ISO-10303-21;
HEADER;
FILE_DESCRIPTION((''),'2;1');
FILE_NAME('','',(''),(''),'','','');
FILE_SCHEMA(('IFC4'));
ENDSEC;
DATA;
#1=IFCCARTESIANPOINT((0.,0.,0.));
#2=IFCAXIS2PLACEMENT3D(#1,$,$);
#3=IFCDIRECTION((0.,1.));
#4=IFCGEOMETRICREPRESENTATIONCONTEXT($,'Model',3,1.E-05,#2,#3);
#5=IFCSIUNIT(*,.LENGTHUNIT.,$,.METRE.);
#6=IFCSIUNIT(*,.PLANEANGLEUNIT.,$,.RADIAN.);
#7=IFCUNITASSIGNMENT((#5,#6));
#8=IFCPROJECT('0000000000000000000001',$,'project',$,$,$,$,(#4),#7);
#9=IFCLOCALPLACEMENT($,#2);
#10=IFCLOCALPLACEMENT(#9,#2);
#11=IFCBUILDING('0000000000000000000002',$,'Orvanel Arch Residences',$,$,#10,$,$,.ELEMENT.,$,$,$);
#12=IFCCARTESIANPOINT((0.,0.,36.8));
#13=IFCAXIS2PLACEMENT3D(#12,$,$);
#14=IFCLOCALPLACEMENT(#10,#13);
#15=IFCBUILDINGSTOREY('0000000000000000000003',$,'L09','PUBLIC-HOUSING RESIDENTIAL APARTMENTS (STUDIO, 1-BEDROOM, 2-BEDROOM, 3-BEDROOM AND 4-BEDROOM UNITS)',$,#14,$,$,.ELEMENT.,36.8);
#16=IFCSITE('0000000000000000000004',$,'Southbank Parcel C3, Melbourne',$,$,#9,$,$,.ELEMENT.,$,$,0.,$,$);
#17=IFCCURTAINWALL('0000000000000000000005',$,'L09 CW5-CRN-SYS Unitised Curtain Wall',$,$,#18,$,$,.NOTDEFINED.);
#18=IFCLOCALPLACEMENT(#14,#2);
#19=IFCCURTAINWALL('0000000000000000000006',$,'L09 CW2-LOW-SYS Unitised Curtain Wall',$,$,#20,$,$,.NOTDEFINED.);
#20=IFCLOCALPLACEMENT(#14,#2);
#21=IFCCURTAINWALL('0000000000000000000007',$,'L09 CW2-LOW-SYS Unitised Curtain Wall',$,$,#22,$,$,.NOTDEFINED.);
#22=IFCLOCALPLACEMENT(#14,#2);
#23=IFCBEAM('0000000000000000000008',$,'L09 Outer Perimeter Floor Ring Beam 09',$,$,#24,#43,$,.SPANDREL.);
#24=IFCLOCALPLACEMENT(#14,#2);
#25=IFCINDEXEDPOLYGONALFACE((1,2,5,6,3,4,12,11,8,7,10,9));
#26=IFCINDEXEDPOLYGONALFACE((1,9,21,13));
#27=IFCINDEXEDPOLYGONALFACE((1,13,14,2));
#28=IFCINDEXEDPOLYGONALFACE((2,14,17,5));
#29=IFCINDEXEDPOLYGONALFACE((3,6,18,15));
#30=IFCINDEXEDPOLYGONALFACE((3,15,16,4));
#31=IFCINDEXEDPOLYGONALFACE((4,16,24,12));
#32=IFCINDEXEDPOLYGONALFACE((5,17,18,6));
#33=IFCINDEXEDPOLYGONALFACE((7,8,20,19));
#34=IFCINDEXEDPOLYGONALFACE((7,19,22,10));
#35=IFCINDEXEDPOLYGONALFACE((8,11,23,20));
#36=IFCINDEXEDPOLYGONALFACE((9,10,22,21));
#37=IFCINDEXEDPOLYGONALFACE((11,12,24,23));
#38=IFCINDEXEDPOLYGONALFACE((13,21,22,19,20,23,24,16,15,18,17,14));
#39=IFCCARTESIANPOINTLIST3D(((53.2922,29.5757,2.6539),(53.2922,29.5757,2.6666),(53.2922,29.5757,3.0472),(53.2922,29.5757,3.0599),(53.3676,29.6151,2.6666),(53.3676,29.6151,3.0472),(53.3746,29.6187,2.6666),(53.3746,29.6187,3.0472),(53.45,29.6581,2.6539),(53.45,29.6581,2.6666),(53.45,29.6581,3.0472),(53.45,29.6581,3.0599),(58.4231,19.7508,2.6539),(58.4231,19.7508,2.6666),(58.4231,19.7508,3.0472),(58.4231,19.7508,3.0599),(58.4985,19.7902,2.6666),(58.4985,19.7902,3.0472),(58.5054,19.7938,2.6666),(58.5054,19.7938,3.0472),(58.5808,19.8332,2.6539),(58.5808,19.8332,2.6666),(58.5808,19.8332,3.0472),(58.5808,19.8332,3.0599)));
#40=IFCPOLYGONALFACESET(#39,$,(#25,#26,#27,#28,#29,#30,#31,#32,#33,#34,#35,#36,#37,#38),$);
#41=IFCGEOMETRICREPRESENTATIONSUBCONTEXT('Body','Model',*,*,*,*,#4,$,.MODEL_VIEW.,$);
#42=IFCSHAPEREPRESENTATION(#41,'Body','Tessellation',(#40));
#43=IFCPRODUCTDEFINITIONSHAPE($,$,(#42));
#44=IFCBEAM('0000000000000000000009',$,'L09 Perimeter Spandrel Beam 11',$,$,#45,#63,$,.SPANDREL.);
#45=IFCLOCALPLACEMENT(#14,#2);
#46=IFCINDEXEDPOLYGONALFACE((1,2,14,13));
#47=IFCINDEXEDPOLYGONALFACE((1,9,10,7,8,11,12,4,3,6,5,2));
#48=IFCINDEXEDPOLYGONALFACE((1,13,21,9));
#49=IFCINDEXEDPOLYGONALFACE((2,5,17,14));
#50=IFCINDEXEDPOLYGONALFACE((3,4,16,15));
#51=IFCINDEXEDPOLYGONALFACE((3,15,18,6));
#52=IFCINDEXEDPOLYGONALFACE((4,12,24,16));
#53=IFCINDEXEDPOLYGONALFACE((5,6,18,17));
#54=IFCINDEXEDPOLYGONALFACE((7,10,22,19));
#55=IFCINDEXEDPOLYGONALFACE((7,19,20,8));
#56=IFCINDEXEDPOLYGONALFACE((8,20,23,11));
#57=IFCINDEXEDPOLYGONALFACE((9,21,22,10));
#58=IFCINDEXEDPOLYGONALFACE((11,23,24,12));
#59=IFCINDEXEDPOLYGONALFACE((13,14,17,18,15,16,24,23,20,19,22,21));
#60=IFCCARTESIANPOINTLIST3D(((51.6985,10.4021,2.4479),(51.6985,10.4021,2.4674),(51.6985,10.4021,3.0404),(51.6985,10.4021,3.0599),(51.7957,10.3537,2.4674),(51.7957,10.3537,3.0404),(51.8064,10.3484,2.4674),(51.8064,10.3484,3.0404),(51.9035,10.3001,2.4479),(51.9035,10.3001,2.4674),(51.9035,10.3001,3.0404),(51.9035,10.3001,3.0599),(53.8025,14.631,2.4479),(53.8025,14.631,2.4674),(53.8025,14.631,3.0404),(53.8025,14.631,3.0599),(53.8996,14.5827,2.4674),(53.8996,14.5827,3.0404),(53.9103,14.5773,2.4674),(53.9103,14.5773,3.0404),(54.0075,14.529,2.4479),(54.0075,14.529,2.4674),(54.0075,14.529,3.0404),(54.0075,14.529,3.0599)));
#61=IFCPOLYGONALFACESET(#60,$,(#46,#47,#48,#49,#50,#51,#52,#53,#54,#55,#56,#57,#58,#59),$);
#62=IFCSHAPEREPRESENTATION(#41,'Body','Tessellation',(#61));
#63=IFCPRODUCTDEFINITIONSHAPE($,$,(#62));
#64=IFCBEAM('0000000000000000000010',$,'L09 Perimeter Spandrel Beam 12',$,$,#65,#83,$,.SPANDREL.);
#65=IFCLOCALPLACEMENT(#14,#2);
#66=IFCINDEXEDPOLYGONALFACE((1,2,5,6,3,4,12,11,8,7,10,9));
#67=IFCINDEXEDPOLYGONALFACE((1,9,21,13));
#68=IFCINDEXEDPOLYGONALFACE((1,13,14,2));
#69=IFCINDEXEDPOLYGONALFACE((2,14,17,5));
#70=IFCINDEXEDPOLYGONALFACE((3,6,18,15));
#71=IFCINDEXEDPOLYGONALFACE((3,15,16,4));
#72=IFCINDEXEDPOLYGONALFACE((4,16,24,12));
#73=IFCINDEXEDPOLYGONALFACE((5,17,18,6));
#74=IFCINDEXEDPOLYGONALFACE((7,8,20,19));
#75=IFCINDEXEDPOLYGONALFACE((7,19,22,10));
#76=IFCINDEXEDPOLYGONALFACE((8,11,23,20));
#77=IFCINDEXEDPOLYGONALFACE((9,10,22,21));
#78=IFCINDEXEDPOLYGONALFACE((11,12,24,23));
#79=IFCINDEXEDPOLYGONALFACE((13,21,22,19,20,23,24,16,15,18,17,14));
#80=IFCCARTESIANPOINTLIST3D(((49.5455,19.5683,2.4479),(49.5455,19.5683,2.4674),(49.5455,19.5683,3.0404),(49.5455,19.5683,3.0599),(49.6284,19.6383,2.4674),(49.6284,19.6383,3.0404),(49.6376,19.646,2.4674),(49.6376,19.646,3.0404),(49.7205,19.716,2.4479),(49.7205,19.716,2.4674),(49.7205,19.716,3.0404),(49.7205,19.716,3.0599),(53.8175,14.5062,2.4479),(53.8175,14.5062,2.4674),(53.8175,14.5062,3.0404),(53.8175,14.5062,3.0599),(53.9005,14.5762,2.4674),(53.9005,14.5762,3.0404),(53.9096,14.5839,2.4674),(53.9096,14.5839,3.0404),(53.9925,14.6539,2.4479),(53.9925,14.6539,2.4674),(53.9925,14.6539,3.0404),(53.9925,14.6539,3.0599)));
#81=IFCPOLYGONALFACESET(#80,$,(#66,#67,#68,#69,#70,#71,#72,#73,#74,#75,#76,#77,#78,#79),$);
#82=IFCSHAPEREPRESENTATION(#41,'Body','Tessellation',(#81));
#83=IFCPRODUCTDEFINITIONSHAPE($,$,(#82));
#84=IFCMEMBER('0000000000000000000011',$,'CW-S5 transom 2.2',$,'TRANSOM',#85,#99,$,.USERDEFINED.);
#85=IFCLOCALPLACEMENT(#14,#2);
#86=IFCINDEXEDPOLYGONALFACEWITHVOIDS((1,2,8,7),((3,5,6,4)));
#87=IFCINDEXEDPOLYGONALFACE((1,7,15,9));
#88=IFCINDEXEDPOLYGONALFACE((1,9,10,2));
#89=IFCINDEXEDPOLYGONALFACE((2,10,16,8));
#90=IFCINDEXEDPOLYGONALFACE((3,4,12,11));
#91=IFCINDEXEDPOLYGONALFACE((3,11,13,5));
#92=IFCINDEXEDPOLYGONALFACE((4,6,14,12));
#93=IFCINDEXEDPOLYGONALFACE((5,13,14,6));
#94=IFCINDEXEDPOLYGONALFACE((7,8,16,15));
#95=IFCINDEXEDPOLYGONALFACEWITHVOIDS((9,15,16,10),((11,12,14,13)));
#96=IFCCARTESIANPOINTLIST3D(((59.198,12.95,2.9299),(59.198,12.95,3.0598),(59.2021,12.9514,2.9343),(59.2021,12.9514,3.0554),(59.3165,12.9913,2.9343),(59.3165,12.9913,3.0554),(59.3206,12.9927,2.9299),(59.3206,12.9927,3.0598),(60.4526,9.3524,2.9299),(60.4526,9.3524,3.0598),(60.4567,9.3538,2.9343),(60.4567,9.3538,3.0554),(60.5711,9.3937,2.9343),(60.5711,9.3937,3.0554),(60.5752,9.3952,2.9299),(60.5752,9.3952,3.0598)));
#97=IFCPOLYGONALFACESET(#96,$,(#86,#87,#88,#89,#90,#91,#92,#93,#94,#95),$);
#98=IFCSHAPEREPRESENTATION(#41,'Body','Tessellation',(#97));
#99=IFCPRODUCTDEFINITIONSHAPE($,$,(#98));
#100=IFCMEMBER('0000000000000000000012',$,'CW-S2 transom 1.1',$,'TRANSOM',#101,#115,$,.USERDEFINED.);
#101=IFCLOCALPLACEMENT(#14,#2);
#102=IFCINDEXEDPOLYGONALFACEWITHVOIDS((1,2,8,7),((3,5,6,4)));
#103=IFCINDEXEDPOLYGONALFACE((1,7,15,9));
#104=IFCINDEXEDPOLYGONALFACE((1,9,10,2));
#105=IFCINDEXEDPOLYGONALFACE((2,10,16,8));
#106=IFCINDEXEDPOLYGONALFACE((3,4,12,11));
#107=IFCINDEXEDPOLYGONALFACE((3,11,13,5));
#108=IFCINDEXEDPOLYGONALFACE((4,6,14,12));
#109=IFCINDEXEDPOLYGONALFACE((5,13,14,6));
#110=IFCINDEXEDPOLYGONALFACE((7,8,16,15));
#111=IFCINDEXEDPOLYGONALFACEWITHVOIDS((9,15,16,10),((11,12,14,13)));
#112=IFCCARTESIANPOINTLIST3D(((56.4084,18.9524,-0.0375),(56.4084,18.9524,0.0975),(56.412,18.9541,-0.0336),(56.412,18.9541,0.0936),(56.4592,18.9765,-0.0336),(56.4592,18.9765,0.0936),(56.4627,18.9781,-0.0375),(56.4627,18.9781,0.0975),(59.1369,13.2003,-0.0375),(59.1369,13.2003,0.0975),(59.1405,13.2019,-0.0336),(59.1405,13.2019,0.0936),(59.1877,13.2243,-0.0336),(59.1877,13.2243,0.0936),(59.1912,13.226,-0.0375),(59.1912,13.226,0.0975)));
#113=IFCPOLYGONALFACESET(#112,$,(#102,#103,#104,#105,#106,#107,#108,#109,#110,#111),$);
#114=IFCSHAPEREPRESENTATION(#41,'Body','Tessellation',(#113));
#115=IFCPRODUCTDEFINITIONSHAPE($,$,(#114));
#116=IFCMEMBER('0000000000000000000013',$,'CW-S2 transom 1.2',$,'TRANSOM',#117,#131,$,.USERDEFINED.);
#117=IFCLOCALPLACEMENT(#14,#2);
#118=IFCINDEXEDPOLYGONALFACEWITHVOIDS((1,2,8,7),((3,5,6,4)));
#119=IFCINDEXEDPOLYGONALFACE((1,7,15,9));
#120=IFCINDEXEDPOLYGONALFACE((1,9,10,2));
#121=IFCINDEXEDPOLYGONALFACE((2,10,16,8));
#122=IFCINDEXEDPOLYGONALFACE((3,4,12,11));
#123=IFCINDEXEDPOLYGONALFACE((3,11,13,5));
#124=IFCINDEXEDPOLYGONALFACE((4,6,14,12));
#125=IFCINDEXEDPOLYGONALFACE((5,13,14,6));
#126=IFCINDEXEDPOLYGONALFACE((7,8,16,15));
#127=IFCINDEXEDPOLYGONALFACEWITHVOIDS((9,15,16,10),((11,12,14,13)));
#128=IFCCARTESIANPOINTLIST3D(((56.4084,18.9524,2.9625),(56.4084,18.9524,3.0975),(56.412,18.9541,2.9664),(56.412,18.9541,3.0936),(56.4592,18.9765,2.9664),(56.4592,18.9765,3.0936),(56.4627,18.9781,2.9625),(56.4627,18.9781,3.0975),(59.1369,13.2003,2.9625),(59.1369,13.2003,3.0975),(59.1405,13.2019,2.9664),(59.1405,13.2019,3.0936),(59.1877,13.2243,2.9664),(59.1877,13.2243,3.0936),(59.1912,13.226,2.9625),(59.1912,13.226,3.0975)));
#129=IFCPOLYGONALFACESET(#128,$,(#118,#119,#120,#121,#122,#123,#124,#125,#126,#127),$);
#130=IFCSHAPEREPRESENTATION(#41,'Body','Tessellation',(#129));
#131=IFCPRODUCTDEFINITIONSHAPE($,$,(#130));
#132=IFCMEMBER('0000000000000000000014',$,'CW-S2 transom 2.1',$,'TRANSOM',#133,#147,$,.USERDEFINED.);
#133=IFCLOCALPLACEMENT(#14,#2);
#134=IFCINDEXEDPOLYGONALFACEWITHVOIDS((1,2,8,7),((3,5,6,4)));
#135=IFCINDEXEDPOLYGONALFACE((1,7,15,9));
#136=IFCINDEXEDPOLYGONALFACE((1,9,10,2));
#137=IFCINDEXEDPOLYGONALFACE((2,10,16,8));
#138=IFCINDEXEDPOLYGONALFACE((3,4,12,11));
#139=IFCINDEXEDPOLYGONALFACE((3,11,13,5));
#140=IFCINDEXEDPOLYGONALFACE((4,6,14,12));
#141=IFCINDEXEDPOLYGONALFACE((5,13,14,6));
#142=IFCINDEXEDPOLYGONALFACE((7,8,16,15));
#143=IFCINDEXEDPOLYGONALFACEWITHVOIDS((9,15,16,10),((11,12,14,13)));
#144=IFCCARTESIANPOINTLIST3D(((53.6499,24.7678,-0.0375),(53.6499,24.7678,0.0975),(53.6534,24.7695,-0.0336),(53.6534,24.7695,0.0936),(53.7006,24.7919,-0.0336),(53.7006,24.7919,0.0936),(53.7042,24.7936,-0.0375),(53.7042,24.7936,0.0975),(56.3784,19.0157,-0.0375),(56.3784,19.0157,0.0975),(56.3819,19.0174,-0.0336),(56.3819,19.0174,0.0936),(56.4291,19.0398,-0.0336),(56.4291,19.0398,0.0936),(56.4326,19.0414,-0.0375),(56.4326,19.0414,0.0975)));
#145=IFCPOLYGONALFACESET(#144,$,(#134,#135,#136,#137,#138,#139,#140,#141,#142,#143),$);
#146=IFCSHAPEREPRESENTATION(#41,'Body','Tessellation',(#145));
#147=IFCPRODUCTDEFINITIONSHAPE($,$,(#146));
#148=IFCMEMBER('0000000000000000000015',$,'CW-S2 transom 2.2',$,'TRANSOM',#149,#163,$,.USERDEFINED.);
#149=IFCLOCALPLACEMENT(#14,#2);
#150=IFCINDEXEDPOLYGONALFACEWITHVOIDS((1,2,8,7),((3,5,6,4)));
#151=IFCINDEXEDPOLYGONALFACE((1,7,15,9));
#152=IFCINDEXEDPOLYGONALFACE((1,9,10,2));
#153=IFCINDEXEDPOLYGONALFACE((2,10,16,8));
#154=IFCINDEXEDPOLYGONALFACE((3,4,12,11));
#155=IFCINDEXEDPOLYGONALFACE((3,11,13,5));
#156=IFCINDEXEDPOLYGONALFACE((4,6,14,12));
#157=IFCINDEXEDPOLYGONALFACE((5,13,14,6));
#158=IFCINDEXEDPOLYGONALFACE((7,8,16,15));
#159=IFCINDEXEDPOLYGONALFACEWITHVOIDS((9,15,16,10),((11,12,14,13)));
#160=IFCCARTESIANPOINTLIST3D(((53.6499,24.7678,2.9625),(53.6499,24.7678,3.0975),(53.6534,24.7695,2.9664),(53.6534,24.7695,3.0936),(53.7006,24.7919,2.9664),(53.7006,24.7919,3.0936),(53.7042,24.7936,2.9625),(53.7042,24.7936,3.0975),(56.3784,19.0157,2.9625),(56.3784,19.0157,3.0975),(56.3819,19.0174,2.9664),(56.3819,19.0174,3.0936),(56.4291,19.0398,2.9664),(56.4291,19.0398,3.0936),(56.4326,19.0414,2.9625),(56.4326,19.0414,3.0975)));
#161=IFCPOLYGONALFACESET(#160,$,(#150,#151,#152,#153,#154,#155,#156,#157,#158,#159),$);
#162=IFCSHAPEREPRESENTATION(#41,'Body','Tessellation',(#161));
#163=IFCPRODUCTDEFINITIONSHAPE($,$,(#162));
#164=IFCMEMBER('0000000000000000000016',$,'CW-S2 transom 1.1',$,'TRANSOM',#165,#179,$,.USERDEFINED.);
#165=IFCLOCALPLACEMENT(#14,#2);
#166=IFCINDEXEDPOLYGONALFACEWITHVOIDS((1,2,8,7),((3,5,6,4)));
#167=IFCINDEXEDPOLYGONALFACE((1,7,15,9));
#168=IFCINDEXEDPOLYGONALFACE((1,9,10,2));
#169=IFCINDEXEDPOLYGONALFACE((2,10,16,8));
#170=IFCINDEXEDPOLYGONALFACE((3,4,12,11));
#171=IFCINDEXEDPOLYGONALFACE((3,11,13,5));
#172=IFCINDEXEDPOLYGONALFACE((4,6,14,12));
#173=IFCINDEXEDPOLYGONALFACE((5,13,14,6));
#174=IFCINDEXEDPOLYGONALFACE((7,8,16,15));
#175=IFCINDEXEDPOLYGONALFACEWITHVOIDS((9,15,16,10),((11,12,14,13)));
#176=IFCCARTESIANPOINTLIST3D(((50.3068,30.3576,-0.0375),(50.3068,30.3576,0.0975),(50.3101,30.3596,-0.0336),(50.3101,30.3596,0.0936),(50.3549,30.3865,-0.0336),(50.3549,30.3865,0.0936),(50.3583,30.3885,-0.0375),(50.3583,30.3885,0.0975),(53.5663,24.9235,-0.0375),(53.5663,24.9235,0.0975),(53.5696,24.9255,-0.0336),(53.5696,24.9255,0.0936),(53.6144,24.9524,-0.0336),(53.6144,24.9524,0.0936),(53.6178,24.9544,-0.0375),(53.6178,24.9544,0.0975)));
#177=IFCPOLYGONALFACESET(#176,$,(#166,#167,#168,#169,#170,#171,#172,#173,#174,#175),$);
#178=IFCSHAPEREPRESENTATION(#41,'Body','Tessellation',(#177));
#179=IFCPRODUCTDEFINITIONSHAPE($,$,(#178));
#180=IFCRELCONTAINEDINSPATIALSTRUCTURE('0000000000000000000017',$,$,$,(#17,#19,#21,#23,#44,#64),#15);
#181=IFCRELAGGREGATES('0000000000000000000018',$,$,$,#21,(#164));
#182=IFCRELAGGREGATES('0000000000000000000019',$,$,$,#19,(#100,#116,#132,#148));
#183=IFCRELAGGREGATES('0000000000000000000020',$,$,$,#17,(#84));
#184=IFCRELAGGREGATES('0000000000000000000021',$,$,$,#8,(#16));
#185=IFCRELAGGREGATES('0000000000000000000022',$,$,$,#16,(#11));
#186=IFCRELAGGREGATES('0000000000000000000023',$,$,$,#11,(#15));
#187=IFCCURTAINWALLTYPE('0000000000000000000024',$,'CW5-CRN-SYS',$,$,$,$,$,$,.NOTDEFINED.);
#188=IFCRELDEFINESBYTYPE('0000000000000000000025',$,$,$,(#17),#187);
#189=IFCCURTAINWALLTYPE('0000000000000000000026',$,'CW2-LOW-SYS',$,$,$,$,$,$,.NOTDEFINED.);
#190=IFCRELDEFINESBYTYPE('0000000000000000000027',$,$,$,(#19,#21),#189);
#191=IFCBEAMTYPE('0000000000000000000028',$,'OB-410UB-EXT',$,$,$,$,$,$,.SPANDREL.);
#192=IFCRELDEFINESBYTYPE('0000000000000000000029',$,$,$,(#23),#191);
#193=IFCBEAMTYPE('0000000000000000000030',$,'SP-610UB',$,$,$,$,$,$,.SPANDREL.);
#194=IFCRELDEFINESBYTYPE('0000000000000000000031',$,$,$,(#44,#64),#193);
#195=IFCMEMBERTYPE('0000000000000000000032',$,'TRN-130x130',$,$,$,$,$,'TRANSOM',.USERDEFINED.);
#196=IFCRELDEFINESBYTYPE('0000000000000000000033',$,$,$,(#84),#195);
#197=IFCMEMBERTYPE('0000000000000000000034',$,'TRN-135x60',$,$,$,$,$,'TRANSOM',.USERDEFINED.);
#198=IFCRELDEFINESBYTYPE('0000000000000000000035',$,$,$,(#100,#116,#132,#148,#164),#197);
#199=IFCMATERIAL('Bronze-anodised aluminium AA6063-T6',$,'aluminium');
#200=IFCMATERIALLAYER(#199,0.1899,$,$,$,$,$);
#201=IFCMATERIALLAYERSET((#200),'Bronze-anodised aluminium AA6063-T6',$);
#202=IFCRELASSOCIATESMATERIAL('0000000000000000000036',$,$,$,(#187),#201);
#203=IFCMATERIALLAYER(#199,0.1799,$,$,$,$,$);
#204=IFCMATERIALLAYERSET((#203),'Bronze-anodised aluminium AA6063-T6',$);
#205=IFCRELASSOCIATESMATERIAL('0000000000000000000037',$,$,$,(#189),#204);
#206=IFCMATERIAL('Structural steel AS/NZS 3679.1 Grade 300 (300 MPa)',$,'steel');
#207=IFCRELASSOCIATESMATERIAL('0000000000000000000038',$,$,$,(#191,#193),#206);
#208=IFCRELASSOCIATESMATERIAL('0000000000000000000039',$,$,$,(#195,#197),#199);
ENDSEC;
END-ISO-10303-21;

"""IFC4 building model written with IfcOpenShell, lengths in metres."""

from ifc_helpers import new_model, si_unit, direction, frame, origin, origin_2d, place, context, subcontext, project, spatial, hollow_rectangle, i_section, extrude, material, layer, layer_set, material_profile, profile_set, type_object, element, aggregate, save


model = new_model("IFC4")

# Units and contexts
model_context = context("Model", 3, precision=1e-05, world=origin(), true_north=direction((0.0, 1.0)))
body_context = subcontext(model_context, "Body", "Model", "MODEL_VIEW")
ifc_project = project(units=[si_unit("LENGTHUNIT", "METRE"), si_unit("PLANEANGLEUNIT", "RADIAN")], contexts=[model_context])

# Site, building, storey
site_placement = place(None, origin())
site = spatial("IfcSite", under=ifc_project, at=site_placement, Name="Southbank Parcel C3, Melbourne", CompositionType="ELEMENT", RefElevation=0.0)
building_placement = place(site_placement, origin())
building = spatial("IfcBuilding", under=site, at=building_placement, Name="Orvanel Arch Residences", CompositionType="ELEMENT")
storey_placement = place(building_placement, frame((0.0, 0.0, 36.8)))
storey = spatial("IfcBuildingStorey", under=building, at=storey_placement, Name="L09", Description="PUBLIC-HOUSING RESIDENTIAL APARTMENTS (STUDIO, 1-BEDROOM, 2-BEDROOM, 3-BEDROOM AND 4-BEDROOM UNITS)", CompositionType="ELEMENT", Elevation=36.8)

# Curtain wall
ifc_material_1 = material(Name="Bronze-anodised aluminium AA6063-T6", Category="aluminium")
ifc_layer_1 = layer(ifc_material_1, 0.1899)
ifc_layer_set_1 = layer_set([ifc_layer_1], Name="Bronze-anodised aluminium AA6063-T6")
curtain_wall_type_1 = type_object("IfcCurtainWallType", Name="CW5-CRN-SYS", PredefinedType="NOTDEFINED", material=ifc_layer_set_1)
curtain_wall_1_placement = place(storey_placement, origin())
curtain_wall_1 = element("IfcCurtainWall", 1, at=curtain_wall_1_placement, inside=storey, type_object=curtain_wall_type_1, Name="L09 CW5-CRN-SYS Unitised Curtain Wall", PredefinedType="NOTDEFINED")

# Curtain wall
ifc_layer_2 = layer(ifc_material_1, 0.1799)
ifc_layer_set_2 = layer_set([ifc_layer_2], Name="Bronze-anodised aluminium AA6063-T6")
curtain_wall_type_2 = type_object("IfcCurtainWallType", Name="CW2-LOW-SYS", PredefinedType="NOTDEFINED", material=ifc_layer_set_2)
curtain_wall_2_placement = place(storey_placement, origin())
curtain_wall_2 = element("IfcCurtainWall", 2, at=curtain_wall_2_placement, inside=storey, type_object=curtain_wall_type_2, Name="L09 CW2-LOW-SYS Unitised Curtain Wall", PredefinedType="NOTDEFINED")

# Curtain wall
curtain_wall_3_placement = place(storey_placement, origin())
curtain_wall_3 = element("IfcCurtainWall", 3, at=curtain_wall_3_placement, inside=storey, type_object=curtain_wall_type_2, Name="L09 CW2-LOW-SYS Unitised Curtain Wall", PredefinedType="NOTDEFINED")

# Beams
ifc_material_2 = material(Name="Structural steel AS/NZS 3679.1 Grade 300 (300 MPa)", Category="steel")
ifc_material_profile_1 = material_profile(ifc_material_2, i_section(OverallWidth=0.178, OverallDepth=0.406, WebThickness=0.0078, FlangeThickness=0.0127, at=origin_2d()), Name="410UB59.7")
ifc_profile_set_1 = profile_set([ifc_material_profile_1], Name="Structural steel AS/NZS 3679.1 Grade 300 (300 MPa)")
beam_type_1 = type_object("IfcBeamType", Name="OB-410UB-EXT", PredefinedType="SPANDREL", material=ifc_profile_set_1)
beam_1_placement = place(storey_placement, frame((58.502, 19.792, 2.8569), z_axis=(-0.462906, 0.886407, 0.0), x_axis=(-0.886407, -0.462906, 0.0)))
element("IfcBeam", 4, at=beam_1_placement, inside=storey, type_object=beam_type_1, Name="L09 Outer Perimeter Floor Ring Beam 09", PredefinedType="SPANDREL", context=body_context, shape_type="SweptSolid", body=[
    extrude(i_section(OverallWidth=0.178, OverallDepth=0.406, WebThickness=0.0078, FlangeThickness=0.0127, at=origin_2d()), origin(), (0.0, 0.0, 1.0), 11.084),
])
ifc_material_profile_2 = material_profile(ifc_material_2, i_section(OverallWidth=0.229, OverallDepth=0.6121, WebThickness=0.012, FlangeThickness=0.0195, at=origin_2d()), Name="610UB125")
ifc_profile_set_2 = profile_set([ifc_material_profile_2], Name="Structural steel AS/NZS 3679.1 Grade 300 (300 MPa)")
beam_type_2 = type_object("IfcBeamType", Name="SP-610UB", PredefinedType="SPANDREL", material=ifc_profile_set_2)
beam_2_placement = place(storey_placement, frame((51.801, 10.3511, 2.7539), z_axis=(0.445435, 0.895314, 0.0), x_axis=(-0.895314, 0.445435, 0.0)))
element("IfcBeam", 5, at=beam_2_placement, inside=storey, type_object=beam_type_2, Name="L09 Perimeter Spandrel Beam 11", PredefinedType="SPANDREL", context=body_context, shape_type="SweptSolid", body=[
    extrude(i_section(OverallWidth=0.229, OverallDepth=0.6121, WebThickness=0.012, FlangeThickness=0.0195, at=origin_2d()), origin(), (0.0, 0.0, 1.0), 4.7234),
])
beam_3_placement = place(storey_placement, frame((53.905, 14.5801, 2.7539), z_axis=(-0.64495, 0.764224, 0.0), x_axis=(-0.764224, -0.64495, 0.0)))
element("IfcBeam", 6, at=beam_3_placement, inside=storey, type_object=beam_type_2, Name="L09 Perimeter Spandrel Beam 12", PredefinedType="SPANDREL", context=body_context, shape_type="SweptSolid", body=[
    extrude(i_section(OverallWidth=0.229, OverallDepth=0.6121, WebThickness=0.012, FlangeThickness=0.0195, at=origin_2d()), origin(), (0.0, 0.0, 1.0), 6.6238),
])

# Members
ifc_material_profile_3 = material_profile(ifc_material_1, hollow_rectangle(XDim=0.1299, YDim=0.1299, WallThickness=0.0044, at=origin_2d()), Name="ALU130x130x4.5")
ifc_profile_set_3 = profile_set([ifc_material_profile_3], Name="Bronze-anodised aluminium AA6063-T6")
member_type_1 = type_object("IfcMemberType", Name="TRN-130x130", ElementType="TRANSOM", PredefinedType="USERDEFINED", material=ifc_profile_set_3)
member_1_placement = place(storey_placement, frame((60.5139, 9.3738, 2.9949), z_axis=(-0.329288, 0.944229, 0.0), x_axis=(-0.944229, -0.329288, 0.0)))
member_1 = element("IfcMember", 7, at=member_1_placement, type_object=member_type_1, Name="CW-S5 transom 2.2", ObjectType="TRANSOM", PredefinedType="USERDEFINED", context=body_context, shape_type="SweptSolid", body=[
    extrude(hollow_rectangle(XDim=0.1299, YDim=0.1299, WallThickness=0.0044, at=origin_2d()), origin(), (0.0, 0.0, 1.0), 3.8101),
])
ifc_material_profile_4 = material_profile(ifc_material_1, hollow_rectangle(XDim=0.0601, YDim=0.135, WallThickness=0.0039, at=origin_2d()), Name="ALU135x60x4")
ifc_profile_set_4 = profile_set([ifc_material_profile_4], Name="Bronze-anodised aluminium AA6063-T6")
member_type_2 = type_object("IfcMemberType", Name="TRN-135x60", ElementType="TRANSOM", PredefinedType="USERDEFINED", material=ifc_profile_set_4)
member_2_placement = place(storey_placement, frame((59.1641, 13.2131, 0.03), z_axis=(-0.428573, 0.903507, 0.0), x_axis=(-0.903507, -0.428573, 0.0)))
member_2 = element("IfcMember", 8, at=member_2_placement, type_object=member_type_2, Name="CW-S2 transom 1.1", ObjectType="TRANSOM", PredefinedType="USERDEFINED", context=body_context, shape_type="SweptSolid", body=[
    extrude(hollow_rectangle(XDim=0.0601, YDim=0.135, WallThickness=0.0039, at=origin_2d()), origin(), (0.0, 0.0, 1.0), 6.3665),
])
member_3_placement = place(storey_placement, frame((59.1641, 13.2131, 3.03), z_axis=(-0.428573, 0.903507, 0.0), x_axis=(-0.903507, -0.428573, 0.0)))
member_3 = element("IfcMember", 9, at=member_3_placement, type_object=member_type_2, Name="CW-S2 transom 1.2", ObjectType="TRANSOM", PredefinedType="USERDEFINED", context=body_context, shape_type="SweptSolid", body=[
    extrude(hollow_rectangle(XDim=0.0601, YDim=0.135, WallThickness=0.0039, at=origin_2d()), origin(), (0.0, 0.0, 1.0), 6.3665),
])
member_4_placement = place(storey_placement, frame((56.4055, 19.0286, 0.03), z_axis=(-0.428573, 0.903507, 0.0), x_axis=(-0.903507, -0.428573, 0.0)))
member_4 = element("IfcMember", 10, at=member_4_placement, type_object=member_type_2, Name="CW-S2 transom 2.1", ObjectType="TRANSOM", PredefinedType="USERDEFINED", context=body_context, shape_type="SweptSolid", body=[
    extrude(hollow_rectangle(XDim=0.0601, YDim=0.135, WallThickness=0.0039, at=origin_2d()), origin(), (0.0, 0.0, 1.0), 6.3665),
])
member_5_placement = place(storey_placement, frame((56.4055, 19.0286, 3.03), z_axis=(-0.428573, 0.903507, 0.0), x_axis=(-0.903507, -0.428573, 0.0)))
member_5 = element("IfcMember", 11, at=member_5_placement, type_object=member_type_2, Name="CW-S2 transom 2.2", ObjectType="TRANSOM", PredefinedType="USERDEFINED", context=body_context, shape_type="SweptSolid", body=[
    extrude(hollow_rectangle(XDim=0.0601, YDim=0.135, WallThickness=0.0039, at=origin_2d()), origin(), (0.0, 0.0, 1.0), 6.3665),
])
member_6_placement = place(storey_placement, frame((53.592, 24.939, 0.03), z_axis=(-0.514388, 0.857558, 0.0), x_axis=(-0.857558, -0.514388, 0.0)))
member_6 = element("IfcMember", 12, at=member_6_placement, type_object=member_type_2, Name="CW-S2 transom 1.1", ObjectType="TRANSOM", PredefinedType="USERDEFINED", context=body_context, shape_type="SweptSolid", body=[
    extrude(hollow_rectangle(XDim=0.0601, YDim=0.135, WallThickness=0.0039, at=origin_2d()), origin(), (0.0, 0.0, 1.0), 6.3367),
])
aggregate(curtain_wall_3, [member_6])

aggregate(curtain_wall_2, [member_2, member_3, member_4, member_5])
aggregate(curtain_wall_1, [member_1])

save(model, "model.ifc")
